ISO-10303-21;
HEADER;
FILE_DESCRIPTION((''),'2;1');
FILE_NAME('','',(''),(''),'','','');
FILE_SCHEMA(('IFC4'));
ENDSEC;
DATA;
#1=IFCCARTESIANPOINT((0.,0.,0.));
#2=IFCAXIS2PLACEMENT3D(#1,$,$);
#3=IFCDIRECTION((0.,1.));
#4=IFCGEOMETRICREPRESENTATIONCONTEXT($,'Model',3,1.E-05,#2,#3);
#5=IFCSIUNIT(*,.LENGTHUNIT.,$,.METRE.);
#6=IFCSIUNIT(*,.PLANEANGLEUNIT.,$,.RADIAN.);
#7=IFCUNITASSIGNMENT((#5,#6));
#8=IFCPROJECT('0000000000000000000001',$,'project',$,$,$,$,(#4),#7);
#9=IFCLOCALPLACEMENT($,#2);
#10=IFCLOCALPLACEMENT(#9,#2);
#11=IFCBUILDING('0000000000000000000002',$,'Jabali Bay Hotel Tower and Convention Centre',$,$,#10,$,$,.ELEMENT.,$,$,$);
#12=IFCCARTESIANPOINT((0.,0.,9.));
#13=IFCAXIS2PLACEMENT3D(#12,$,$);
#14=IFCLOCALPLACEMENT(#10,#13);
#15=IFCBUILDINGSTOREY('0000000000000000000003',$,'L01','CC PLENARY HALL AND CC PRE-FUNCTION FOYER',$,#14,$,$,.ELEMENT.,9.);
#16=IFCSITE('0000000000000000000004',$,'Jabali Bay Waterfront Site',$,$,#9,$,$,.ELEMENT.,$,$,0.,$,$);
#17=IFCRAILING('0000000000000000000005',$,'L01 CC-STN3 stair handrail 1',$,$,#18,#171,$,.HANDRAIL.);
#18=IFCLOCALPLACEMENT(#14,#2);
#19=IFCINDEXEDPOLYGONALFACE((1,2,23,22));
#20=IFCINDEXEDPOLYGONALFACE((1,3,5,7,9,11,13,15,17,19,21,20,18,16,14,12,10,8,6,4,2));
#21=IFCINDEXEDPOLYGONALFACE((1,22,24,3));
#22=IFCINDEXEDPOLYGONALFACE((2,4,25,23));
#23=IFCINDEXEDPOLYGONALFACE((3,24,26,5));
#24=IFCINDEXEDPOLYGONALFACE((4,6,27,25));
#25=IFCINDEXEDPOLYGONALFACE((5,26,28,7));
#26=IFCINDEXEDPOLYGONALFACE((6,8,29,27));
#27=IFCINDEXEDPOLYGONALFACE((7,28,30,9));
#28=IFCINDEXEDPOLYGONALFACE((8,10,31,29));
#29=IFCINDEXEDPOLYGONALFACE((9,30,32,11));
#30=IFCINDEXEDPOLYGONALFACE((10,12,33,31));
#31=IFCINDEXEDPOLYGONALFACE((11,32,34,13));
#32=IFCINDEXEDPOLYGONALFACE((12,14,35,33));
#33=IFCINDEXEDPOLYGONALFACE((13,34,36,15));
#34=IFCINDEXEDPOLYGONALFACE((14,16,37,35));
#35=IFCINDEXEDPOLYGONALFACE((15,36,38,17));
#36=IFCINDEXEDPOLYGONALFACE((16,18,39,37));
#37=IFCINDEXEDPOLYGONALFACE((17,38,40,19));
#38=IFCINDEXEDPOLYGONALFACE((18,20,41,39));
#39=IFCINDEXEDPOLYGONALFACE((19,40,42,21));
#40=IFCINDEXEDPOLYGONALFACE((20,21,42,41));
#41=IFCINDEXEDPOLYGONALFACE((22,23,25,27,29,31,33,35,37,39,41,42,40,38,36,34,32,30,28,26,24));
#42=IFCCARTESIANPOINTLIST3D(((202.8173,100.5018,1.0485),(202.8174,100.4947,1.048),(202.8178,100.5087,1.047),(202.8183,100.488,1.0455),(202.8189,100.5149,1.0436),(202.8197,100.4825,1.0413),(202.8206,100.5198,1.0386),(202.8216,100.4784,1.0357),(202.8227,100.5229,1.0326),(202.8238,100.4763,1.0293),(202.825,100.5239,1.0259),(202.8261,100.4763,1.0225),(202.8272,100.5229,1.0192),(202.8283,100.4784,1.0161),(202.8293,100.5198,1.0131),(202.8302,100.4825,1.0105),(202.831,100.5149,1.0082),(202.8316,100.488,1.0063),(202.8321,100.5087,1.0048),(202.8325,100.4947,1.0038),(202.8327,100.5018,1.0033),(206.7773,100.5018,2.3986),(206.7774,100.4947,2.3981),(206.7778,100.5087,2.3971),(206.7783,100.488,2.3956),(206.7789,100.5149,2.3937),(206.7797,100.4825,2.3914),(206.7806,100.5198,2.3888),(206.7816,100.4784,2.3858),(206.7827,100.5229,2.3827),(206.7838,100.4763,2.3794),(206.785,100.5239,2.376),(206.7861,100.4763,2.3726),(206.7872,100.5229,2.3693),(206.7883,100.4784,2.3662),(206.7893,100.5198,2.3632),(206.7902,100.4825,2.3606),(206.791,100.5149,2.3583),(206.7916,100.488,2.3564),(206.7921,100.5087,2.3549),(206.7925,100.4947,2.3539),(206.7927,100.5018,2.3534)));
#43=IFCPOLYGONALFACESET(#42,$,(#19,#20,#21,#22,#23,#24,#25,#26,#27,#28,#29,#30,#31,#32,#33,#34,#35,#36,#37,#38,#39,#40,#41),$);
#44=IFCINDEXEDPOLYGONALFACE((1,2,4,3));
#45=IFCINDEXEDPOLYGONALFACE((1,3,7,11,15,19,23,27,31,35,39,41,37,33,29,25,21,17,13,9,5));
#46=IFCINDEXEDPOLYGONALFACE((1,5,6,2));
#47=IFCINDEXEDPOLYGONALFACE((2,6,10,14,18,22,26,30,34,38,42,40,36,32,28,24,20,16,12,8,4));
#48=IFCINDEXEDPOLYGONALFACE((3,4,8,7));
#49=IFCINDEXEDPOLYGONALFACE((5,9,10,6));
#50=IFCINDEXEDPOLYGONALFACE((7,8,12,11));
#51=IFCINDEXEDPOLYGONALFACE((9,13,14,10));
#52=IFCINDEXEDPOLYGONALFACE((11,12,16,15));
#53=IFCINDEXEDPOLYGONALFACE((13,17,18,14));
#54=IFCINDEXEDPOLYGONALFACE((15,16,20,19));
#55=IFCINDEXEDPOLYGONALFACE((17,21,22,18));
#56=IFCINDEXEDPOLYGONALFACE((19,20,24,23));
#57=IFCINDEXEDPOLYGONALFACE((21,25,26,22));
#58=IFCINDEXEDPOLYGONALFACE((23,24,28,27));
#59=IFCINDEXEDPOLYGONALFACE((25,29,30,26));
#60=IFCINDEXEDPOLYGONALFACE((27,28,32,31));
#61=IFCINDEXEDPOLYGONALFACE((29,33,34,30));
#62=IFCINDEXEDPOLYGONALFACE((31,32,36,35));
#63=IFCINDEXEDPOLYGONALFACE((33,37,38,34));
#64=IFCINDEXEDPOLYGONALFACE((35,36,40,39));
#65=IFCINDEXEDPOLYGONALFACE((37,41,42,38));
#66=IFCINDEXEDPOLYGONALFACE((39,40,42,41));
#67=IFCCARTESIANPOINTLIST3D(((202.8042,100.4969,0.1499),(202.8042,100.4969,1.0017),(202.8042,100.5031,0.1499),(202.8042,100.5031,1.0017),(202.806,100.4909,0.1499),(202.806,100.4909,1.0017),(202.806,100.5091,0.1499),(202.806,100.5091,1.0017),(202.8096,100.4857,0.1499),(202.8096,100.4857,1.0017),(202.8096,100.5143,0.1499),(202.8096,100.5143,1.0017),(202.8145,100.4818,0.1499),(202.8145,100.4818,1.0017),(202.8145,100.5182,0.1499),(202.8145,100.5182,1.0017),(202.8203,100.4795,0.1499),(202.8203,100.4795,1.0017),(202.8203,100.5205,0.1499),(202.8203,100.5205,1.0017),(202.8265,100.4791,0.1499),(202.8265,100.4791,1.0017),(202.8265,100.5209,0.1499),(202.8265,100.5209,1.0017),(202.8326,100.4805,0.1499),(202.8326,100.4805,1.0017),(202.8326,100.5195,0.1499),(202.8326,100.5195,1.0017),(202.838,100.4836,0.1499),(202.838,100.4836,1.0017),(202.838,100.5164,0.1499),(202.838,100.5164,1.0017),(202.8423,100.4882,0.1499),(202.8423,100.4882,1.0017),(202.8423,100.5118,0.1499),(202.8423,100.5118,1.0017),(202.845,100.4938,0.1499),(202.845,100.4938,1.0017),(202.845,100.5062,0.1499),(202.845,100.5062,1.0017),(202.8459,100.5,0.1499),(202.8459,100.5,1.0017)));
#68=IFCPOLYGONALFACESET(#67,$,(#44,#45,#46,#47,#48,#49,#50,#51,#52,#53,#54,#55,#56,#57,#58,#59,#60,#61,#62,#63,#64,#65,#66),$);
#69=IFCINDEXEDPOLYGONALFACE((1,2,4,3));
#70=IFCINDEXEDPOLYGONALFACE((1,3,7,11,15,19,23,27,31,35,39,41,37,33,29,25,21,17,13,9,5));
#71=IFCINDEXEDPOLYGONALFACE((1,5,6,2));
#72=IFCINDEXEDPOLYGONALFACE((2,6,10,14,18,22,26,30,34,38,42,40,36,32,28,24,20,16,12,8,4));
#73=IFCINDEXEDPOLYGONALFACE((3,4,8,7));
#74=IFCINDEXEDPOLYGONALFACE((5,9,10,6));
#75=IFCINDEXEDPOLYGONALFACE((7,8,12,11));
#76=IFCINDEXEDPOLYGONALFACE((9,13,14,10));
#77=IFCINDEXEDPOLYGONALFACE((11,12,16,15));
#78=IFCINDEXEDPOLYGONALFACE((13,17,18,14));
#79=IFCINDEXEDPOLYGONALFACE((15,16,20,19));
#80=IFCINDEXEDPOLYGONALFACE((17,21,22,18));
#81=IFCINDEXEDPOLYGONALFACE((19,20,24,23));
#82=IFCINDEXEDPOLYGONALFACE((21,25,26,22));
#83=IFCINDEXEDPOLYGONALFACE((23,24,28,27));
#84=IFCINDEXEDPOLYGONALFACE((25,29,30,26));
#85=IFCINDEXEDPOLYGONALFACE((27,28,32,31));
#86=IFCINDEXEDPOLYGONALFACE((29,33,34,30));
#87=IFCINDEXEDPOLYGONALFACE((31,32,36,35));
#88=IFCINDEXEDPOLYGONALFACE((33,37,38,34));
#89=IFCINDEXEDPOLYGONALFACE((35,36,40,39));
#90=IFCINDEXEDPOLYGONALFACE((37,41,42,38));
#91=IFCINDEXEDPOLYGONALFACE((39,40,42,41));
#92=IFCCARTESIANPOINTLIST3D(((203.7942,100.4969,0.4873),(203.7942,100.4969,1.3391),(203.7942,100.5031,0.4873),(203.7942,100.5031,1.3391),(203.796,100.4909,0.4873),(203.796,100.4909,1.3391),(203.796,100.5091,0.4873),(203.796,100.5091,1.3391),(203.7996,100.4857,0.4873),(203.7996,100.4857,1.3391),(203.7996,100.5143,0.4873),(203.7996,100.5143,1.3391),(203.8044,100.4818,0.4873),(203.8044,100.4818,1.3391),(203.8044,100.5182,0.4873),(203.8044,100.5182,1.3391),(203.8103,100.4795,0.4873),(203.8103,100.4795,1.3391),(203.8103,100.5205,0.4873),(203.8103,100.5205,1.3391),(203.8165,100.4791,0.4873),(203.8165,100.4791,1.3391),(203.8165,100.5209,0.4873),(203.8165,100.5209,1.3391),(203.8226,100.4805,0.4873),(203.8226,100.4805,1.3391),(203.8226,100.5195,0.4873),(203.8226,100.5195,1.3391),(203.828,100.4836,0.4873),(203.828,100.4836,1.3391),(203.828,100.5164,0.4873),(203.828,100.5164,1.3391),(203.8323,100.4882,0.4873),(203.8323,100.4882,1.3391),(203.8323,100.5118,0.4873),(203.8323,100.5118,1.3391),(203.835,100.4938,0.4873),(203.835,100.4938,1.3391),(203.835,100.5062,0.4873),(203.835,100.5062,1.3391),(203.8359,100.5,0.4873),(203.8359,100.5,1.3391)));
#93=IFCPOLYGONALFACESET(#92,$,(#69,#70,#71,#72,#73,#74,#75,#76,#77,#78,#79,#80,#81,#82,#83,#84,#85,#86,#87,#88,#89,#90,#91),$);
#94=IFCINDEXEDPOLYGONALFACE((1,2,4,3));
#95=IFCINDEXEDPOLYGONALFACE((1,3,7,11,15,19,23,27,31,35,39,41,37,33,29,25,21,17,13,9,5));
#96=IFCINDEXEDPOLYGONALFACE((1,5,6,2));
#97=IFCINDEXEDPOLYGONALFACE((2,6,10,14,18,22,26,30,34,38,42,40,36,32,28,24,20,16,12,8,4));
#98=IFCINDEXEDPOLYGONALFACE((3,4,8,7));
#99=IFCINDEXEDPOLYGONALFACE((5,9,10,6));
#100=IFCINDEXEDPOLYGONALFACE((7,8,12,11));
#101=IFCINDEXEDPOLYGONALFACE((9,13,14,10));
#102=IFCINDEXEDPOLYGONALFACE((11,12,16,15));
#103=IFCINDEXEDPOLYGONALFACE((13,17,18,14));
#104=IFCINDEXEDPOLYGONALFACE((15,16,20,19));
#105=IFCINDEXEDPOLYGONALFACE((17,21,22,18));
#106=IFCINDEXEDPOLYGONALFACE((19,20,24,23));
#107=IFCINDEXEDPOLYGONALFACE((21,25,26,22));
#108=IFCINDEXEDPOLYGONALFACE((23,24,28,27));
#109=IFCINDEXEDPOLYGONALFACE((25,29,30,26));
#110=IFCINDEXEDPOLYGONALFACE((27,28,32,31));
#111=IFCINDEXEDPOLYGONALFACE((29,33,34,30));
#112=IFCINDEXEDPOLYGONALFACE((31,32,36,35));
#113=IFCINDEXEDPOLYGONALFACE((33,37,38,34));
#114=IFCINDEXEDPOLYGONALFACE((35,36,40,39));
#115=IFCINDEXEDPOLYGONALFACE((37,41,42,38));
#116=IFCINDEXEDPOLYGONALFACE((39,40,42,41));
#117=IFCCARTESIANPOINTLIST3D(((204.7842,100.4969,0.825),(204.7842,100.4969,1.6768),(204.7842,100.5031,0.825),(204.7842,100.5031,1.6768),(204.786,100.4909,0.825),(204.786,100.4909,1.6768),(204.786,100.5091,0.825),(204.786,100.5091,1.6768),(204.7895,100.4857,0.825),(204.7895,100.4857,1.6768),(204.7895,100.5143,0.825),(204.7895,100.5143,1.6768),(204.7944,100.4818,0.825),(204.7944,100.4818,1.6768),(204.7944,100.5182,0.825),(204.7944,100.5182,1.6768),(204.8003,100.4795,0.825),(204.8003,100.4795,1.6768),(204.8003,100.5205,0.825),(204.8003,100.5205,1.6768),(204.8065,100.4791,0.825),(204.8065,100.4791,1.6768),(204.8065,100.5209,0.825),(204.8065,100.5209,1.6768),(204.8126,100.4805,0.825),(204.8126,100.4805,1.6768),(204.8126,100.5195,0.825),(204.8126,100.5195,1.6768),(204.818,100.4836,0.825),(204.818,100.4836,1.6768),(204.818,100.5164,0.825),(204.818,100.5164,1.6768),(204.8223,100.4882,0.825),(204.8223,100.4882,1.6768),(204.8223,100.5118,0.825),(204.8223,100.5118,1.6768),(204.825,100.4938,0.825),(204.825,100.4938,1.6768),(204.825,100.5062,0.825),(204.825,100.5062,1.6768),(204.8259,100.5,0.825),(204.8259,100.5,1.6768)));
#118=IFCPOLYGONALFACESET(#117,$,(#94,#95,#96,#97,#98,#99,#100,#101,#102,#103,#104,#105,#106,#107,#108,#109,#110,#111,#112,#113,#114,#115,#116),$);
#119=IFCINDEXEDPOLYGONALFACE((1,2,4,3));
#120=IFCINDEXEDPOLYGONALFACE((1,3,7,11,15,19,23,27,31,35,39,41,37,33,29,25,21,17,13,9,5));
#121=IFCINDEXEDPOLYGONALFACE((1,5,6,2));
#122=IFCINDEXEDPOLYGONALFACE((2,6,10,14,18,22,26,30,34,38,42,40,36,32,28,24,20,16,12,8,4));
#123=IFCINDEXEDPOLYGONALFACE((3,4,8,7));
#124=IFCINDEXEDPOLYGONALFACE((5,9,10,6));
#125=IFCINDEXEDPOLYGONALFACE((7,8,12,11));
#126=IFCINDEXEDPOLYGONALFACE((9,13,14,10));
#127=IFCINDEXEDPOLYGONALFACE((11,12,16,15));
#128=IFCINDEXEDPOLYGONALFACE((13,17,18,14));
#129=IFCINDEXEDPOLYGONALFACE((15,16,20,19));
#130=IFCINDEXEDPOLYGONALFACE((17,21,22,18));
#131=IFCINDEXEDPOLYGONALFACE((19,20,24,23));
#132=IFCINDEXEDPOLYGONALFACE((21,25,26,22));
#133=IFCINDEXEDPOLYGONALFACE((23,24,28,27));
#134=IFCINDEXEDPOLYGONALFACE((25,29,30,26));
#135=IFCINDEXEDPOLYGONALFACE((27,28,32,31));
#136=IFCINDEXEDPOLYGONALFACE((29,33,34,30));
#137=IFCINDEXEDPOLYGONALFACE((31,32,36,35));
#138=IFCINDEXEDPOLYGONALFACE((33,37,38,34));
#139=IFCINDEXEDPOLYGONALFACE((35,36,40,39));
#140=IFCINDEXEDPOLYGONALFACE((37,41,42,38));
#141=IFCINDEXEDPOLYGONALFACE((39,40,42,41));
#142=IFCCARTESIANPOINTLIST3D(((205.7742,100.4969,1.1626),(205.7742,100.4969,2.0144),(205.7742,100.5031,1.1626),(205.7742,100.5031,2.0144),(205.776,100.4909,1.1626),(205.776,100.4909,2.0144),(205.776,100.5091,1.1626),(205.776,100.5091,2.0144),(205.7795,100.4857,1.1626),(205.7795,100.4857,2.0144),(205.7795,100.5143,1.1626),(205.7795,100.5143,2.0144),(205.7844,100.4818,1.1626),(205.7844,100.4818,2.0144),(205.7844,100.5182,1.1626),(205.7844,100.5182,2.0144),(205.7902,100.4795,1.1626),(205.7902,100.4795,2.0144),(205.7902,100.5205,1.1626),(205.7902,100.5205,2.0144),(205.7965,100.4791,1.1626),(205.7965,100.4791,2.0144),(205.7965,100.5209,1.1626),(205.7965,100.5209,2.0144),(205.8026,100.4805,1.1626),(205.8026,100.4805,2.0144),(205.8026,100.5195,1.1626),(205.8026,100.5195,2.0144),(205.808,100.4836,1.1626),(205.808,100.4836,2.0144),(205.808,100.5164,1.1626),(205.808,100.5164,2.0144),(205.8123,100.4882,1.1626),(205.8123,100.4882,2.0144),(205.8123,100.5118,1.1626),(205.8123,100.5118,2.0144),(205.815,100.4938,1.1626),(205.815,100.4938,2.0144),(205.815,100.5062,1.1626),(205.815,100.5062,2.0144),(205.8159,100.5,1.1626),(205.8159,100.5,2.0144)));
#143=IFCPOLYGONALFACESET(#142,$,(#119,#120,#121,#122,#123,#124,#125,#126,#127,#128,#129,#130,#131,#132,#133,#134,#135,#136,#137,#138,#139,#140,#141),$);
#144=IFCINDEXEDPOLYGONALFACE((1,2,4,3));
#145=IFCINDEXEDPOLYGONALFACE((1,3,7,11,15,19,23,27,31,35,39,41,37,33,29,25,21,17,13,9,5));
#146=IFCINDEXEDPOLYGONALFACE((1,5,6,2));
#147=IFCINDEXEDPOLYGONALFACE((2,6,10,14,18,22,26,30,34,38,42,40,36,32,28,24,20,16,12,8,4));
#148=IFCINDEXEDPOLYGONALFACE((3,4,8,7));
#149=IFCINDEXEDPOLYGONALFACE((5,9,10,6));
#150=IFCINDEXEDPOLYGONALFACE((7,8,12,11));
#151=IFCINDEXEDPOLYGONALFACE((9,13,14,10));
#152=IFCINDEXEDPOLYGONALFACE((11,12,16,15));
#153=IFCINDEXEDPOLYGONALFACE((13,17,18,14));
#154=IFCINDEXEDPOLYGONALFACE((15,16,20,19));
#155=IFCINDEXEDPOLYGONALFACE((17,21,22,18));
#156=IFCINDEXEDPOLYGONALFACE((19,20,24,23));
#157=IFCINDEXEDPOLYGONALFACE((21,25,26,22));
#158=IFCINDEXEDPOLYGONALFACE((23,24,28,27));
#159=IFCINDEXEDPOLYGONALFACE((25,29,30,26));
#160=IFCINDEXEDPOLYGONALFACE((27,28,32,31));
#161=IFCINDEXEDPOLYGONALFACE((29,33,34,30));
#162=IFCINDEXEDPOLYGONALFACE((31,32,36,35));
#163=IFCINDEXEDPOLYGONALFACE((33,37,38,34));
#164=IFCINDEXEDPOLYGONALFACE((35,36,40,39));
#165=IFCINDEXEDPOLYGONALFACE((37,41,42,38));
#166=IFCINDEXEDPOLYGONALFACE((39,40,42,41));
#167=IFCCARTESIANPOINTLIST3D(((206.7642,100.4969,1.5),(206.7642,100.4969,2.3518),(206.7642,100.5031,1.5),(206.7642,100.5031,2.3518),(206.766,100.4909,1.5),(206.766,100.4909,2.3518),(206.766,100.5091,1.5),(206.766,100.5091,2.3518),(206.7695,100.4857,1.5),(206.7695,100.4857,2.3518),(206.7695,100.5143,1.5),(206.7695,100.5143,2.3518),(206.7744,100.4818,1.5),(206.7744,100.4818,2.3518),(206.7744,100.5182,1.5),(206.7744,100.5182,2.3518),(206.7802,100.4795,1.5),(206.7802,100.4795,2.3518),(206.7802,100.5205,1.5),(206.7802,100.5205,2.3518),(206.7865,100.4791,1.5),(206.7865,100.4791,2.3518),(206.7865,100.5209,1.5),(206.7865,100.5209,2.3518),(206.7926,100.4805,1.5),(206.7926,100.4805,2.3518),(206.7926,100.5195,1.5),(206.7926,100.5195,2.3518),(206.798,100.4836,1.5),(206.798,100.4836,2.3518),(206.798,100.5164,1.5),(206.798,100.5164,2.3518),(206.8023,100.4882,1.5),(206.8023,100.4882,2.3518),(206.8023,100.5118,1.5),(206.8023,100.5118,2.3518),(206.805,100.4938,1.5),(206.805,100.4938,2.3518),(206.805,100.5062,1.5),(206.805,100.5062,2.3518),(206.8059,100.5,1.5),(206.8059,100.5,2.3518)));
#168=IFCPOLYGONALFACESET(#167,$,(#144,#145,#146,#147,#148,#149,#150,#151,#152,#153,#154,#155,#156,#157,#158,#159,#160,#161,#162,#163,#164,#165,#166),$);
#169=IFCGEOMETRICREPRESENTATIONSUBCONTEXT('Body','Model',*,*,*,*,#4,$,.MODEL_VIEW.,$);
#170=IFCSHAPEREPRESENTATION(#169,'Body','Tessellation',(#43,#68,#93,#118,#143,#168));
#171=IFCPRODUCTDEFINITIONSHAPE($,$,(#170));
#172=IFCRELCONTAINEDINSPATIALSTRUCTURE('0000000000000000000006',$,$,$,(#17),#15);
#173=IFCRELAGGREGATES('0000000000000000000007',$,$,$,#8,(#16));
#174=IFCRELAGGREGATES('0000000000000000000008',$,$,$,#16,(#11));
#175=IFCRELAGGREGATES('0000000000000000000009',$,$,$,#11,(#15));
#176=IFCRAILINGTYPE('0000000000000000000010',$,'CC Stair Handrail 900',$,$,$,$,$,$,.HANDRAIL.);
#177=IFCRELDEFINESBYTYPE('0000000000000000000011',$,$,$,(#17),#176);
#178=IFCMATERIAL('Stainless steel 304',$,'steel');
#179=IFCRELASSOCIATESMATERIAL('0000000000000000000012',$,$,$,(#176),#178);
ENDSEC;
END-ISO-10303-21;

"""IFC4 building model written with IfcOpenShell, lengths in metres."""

from ifc_helpers import new_model, si_unit, direction, frame, origin, origin_2d, place, context, subcontext, project, spatial, circle, extrude, material, type_object, element, save


model = new_model("IFC4")

# Units and contexts
model_context = context("Model", 3, precision=1e-05, world=origin(), true_north=direction((0.0, 1.0)))
body_context = subcontext(model_context, "Body", "Model", "MODEL_VIEW")
ifc_project = project(units=[si_unit("LENGTHUNIT", "METRE"), si_unit("PLANEANGLEUNIT", "RADIAN")], contexts=[model_context])

# Site, building, storey
site_placement = place(None, origin())
site = spatial("IfcSite", under=ifc_project, at=site_placement, Name="Jabali Bay Waterfront Site", CompositionType="ELEMENT", RefElevation=0.0)
building_placement = place(site_placement, origin())
building = spatial("IfcBuilding", under=site, at=building_placement, Name="Jabali Bay Hotel Tower and Convention Centre", CompositionType="ELEMENT")
storey_placement = place(building_placement, frame((0.0, 0.0, 9.0)))
storey = spatial("IfcBuildingStorey", under=building, at=storey_placement, Name="L01", Description="CC PLENARY HALL AND CC PRE-FUNCTION FOYER", CompositionType="ELEMENT", Elevation=9.0)

# Railing
ifc_material_1 = material(Name="Stainless steel 304", Category="steel")
railing_type_1 = type_object("IfcRailingType", Name="CC Stair Handrail 900", PredefinedType="HANDRAIL", material=ifc_material_1)
railing_1_placement = place(storey_placement, frame((202.825, 100.5, 0.1499)))
element("IfcRailing", 1, at=railing_1_placement, inside=storey, type_object=railing_type_1, Name="L01 CC-STN3 stair handrail 1", PredefinedType="HANDRAIL", context=body_context, shape_type="SweptSolid", body=[
    extrude(circle(Radius=0.0239, at=origin_2d()), frame((0.0, 0.0, 0.876), z_axis=(0.946502, 0.0, 0.322698), x_axis=(0.0, 1.0, 0.0)), (0.0, 0.0, 1.0), 4.1838),
    extrude(circle(Radius=0.021, at=origin_2d()), origin(), (0.0, 0.0, 1.0), 0.8518),
    extrude(circle(Radius=0.021, at=origin_2d()), frame((0.99, 0.0, 0.3374)), (0.0, 0.0, 1.0), 0.8518),
    extrude(circle(Radius=0.021, at=origin_2d()), frame((1.98, 0.0, 0.675)), (0.0, 0.0, 1.0), 0.8518),
    extrude(circle(Radius=0.021, at=origin_2d()), frame((2.97, 0.0, 1.0127)), (0.0, 0.0, 1.0), 0.8518),
    extrude(circle(Radius=0.021, at=origin_2d()), frame((3.96, 0.0, 1.3501)), (0.0, 0.0, 1.0), 0.8518),
])

save(model, "model.ifc")
